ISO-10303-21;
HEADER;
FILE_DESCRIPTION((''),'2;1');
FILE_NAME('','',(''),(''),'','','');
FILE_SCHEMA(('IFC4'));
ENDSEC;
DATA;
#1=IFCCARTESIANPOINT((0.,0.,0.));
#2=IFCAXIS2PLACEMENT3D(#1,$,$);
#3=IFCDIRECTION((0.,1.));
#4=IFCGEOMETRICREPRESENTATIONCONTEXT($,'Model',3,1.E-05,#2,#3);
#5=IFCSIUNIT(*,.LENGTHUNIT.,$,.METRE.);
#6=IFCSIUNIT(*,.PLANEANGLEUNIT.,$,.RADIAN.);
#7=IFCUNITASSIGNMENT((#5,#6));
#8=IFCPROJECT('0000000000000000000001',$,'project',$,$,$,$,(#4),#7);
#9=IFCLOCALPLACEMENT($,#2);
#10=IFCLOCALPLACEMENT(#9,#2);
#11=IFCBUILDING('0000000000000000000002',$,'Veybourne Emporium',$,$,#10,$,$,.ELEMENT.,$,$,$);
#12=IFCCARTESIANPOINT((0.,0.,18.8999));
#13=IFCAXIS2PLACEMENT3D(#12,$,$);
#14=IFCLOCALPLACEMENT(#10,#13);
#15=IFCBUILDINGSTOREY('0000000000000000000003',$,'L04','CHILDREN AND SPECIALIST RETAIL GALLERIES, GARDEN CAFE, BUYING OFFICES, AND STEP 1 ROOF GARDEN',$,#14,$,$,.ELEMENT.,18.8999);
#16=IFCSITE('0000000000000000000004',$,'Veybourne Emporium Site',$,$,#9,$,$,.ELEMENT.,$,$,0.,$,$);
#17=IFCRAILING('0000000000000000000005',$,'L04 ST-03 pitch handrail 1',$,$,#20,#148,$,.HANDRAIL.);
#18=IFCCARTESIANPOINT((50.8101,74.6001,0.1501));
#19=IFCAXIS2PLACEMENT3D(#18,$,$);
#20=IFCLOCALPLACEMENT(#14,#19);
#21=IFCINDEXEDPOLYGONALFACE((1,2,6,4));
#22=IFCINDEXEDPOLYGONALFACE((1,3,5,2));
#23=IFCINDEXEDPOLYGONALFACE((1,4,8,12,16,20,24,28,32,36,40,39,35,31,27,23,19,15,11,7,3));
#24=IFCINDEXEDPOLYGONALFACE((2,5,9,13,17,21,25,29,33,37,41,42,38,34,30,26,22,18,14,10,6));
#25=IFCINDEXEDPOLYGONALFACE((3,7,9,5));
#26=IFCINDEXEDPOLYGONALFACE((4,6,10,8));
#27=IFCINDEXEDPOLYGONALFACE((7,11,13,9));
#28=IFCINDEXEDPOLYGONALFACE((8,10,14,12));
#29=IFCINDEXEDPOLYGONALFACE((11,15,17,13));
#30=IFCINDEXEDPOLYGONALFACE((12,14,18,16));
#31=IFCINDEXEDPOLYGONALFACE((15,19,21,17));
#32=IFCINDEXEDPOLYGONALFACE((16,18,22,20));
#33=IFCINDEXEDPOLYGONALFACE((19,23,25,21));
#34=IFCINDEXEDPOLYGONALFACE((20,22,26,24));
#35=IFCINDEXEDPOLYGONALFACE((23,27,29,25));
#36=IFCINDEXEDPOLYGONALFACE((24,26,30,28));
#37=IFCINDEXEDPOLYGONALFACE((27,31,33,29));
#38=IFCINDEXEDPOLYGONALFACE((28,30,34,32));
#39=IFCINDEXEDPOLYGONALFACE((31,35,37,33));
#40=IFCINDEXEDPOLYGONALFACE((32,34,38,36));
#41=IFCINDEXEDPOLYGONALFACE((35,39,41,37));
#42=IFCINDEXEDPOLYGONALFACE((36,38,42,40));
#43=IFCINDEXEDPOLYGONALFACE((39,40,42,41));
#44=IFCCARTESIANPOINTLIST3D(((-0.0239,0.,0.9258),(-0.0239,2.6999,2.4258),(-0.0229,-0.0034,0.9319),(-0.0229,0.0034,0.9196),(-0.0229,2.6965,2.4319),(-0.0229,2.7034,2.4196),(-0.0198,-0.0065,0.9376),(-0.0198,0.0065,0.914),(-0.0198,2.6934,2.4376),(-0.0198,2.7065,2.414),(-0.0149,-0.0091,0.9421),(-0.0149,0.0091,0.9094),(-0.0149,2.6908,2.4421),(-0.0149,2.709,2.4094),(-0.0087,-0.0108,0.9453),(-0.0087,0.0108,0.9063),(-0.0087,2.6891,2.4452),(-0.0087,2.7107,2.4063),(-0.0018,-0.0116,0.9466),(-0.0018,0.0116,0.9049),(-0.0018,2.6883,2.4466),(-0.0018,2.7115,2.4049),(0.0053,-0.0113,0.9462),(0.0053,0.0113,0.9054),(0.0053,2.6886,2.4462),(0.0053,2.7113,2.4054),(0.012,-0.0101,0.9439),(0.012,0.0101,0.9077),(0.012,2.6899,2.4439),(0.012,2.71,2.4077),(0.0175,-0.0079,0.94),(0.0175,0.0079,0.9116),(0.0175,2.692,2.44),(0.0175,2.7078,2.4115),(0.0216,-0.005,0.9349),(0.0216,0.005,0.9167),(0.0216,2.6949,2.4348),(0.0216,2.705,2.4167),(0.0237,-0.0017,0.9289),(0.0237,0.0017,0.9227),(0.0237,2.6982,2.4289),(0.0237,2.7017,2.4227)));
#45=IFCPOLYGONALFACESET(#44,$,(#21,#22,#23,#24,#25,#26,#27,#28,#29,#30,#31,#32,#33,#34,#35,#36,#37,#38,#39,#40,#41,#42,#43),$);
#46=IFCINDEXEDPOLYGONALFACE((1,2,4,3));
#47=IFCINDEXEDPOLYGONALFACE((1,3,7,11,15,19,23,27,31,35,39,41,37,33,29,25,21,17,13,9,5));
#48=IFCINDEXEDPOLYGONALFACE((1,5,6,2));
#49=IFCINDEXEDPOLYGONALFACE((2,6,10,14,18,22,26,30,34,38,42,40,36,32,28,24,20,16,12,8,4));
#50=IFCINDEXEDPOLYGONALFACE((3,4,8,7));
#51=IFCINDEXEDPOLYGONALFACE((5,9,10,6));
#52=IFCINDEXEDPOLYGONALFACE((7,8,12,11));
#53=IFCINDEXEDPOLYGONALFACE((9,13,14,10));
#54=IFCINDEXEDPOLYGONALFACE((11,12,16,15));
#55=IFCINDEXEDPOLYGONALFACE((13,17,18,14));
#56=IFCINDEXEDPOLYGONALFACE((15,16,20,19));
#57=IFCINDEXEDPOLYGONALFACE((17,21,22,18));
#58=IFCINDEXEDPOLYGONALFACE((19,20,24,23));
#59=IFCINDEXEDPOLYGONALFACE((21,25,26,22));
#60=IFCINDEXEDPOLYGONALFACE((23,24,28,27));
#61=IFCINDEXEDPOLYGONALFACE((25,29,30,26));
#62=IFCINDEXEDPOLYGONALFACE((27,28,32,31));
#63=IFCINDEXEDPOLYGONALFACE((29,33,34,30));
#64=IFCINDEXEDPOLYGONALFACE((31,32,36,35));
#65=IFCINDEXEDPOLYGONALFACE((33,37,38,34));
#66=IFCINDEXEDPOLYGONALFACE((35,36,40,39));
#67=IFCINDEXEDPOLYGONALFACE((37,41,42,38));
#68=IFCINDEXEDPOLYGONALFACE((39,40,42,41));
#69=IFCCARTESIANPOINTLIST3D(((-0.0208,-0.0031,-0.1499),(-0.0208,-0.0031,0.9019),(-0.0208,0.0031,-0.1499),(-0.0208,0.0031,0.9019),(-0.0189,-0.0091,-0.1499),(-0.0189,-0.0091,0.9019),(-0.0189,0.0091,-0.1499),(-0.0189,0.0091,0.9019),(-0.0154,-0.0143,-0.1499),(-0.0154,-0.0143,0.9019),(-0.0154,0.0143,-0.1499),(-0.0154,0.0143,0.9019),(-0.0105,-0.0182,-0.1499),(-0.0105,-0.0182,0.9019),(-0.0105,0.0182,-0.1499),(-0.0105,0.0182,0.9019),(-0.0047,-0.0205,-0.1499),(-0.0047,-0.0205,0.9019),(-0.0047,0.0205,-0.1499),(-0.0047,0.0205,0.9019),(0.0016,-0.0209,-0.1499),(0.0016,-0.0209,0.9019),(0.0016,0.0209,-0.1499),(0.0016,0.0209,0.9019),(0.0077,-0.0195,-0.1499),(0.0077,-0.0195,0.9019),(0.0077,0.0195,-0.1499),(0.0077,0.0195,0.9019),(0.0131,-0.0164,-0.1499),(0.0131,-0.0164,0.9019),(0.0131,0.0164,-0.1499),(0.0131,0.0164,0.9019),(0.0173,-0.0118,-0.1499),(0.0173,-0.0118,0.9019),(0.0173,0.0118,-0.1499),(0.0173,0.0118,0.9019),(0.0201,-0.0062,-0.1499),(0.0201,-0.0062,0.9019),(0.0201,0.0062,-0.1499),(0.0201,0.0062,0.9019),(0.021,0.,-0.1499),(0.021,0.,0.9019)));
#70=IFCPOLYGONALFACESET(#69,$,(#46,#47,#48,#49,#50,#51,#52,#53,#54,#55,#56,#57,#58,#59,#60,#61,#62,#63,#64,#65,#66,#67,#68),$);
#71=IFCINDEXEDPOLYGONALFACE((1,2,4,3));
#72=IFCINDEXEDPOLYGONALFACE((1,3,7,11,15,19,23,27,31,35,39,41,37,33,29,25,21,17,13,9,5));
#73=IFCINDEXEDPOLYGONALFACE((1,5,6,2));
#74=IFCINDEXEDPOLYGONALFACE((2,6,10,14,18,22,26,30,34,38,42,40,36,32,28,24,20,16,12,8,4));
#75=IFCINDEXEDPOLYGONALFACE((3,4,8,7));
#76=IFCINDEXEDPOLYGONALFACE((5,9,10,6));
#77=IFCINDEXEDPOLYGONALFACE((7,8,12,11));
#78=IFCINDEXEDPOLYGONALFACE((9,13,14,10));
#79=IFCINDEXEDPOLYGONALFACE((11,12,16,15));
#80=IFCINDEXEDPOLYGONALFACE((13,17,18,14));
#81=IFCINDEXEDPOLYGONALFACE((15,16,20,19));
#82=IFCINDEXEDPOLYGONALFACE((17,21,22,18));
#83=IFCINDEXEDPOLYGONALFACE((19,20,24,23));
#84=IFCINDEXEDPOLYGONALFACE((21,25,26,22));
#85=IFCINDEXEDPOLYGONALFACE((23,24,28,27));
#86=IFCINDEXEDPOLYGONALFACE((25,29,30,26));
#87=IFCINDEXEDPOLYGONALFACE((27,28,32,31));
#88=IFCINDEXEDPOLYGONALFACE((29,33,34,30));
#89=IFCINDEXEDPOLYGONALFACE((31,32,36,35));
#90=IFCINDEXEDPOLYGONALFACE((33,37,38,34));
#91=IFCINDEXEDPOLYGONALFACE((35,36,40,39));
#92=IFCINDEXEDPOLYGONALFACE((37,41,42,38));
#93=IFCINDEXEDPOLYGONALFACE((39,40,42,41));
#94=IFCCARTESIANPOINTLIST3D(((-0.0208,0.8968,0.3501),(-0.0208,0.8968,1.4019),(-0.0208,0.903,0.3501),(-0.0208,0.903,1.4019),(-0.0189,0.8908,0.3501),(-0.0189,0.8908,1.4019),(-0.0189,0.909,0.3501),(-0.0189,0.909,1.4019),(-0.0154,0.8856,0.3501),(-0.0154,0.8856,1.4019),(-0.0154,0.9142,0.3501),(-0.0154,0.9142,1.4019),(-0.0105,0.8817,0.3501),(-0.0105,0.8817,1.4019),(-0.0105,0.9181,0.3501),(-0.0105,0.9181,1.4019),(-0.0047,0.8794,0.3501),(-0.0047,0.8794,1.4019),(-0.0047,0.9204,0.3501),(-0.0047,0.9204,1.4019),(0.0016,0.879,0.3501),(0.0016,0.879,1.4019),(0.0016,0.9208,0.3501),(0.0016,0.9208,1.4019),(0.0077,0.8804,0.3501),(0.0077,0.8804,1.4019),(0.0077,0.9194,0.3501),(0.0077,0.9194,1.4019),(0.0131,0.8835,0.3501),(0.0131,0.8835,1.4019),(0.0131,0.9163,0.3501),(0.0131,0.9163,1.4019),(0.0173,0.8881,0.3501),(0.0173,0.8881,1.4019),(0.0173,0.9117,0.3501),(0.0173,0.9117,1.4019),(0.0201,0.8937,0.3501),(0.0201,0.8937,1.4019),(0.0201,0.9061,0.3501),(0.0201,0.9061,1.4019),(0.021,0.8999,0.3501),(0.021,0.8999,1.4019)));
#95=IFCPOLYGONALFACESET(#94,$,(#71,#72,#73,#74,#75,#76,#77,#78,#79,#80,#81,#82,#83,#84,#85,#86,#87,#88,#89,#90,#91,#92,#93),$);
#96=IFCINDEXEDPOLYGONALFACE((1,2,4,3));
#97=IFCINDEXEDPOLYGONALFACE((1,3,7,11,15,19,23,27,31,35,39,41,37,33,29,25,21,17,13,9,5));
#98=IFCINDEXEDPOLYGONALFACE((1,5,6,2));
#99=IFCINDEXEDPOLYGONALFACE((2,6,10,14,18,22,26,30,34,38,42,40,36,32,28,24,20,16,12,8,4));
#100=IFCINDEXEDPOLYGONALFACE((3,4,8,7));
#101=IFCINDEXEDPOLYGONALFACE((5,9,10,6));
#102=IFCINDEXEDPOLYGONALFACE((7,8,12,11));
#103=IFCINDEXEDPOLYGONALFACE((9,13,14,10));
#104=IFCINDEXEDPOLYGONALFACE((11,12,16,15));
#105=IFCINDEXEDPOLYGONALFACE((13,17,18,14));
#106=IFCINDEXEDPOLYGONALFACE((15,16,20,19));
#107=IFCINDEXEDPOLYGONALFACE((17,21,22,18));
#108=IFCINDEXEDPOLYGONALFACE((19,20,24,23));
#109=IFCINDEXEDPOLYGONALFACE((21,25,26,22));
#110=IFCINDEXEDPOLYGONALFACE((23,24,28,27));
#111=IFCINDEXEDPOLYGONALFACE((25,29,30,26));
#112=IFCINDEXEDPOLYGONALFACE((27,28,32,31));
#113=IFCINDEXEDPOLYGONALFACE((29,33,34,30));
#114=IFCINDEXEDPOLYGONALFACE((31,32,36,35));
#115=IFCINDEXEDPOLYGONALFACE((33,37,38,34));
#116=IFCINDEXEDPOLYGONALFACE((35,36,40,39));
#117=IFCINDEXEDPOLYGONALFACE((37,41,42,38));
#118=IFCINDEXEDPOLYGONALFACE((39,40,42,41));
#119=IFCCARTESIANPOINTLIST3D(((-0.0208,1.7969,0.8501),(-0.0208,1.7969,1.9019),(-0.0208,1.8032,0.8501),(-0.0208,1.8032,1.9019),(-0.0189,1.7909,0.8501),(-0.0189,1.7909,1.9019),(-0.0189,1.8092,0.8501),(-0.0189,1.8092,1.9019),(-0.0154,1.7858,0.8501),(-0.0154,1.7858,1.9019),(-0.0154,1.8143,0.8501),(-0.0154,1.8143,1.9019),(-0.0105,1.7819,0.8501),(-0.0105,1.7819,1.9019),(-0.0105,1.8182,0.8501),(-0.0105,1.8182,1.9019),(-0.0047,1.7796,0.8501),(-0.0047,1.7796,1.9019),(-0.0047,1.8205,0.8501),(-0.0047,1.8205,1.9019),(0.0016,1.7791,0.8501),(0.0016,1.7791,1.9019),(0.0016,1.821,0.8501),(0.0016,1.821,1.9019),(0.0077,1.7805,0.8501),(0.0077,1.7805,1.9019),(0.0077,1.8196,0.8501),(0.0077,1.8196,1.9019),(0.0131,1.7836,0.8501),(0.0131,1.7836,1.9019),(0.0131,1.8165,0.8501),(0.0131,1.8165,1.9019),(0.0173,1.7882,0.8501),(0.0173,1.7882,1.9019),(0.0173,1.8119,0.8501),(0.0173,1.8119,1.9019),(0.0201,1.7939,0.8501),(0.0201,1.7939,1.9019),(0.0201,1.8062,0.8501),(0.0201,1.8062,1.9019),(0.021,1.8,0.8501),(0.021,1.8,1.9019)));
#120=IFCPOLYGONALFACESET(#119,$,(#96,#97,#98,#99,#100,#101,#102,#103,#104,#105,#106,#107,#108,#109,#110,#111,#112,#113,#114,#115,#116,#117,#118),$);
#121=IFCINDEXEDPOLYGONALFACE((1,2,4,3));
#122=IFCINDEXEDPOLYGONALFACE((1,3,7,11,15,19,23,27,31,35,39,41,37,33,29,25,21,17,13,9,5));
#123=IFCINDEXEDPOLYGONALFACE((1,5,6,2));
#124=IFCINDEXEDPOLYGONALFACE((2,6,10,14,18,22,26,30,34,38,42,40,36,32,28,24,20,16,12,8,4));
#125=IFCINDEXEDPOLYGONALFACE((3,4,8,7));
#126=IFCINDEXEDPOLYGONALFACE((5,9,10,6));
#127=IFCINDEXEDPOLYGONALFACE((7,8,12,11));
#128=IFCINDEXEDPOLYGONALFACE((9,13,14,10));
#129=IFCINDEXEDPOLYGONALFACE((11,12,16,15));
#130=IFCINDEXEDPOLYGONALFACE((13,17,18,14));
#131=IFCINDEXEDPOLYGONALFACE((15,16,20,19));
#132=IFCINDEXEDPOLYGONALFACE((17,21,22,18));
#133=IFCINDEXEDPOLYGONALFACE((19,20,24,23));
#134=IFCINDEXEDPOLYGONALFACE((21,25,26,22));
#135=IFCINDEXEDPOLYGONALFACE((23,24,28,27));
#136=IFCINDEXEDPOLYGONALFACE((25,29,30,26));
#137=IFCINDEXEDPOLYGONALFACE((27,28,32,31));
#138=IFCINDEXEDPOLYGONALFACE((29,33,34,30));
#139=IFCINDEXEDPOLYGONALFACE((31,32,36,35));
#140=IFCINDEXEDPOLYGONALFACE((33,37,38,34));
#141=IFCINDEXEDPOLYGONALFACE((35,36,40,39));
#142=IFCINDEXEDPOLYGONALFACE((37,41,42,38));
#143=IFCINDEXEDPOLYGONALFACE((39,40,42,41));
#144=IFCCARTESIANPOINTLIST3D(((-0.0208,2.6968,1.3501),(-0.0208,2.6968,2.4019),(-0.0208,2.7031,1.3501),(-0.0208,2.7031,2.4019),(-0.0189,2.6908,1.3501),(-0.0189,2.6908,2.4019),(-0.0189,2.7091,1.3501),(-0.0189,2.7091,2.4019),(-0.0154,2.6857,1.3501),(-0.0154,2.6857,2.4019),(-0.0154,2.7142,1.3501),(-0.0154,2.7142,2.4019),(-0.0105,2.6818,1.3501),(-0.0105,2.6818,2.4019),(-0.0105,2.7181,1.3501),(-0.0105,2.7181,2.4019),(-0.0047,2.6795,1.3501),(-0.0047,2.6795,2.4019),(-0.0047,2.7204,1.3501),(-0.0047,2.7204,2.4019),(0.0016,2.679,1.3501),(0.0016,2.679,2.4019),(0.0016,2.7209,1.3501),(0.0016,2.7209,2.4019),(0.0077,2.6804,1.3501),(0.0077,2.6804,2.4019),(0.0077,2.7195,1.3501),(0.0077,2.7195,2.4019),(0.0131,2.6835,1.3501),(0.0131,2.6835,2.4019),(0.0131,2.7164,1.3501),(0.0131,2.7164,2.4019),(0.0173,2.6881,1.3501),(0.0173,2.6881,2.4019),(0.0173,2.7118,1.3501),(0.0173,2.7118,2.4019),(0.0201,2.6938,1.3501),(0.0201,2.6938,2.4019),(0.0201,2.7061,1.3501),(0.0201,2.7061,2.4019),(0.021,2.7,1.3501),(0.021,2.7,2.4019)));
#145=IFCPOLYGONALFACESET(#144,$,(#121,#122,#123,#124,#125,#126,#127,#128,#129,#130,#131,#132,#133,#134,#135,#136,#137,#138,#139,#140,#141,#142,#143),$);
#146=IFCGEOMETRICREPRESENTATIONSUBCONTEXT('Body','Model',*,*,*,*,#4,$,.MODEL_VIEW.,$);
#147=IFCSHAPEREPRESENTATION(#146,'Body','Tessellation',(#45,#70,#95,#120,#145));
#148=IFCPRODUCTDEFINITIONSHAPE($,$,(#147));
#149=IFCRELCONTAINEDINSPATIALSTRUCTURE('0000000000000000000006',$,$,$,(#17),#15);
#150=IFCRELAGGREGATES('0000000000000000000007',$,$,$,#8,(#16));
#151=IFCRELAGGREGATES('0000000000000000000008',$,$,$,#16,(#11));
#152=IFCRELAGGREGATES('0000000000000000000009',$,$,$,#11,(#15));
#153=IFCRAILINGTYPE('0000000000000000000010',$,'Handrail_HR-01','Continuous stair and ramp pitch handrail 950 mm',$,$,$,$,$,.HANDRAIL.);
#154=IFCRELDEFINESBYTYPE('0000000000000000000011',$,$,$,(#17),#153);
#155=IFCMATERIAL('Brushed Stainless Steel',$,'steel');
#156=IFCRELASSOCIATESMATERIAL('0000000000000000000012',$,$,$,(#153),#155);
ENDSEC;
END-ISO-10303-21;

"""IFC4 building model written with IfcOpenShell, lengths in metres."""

from ifc_helpers import new_model, si_unit, direction, frame, origin, origin_2d, place, context, subcontext, project, spatial, circle, extrude, material, type_object, element, save


model = new_model("IFC4")

# Units and contexts
model_context = context("Model", 3, precision=1e-05, world=origin(), true_north=direction((0.0, 1.0)))
body_context = subcontext(model_context, "Body", "Model", "MODEL_VIEW")
ifc_project = project(units=[si_unit("LENGTHUNIT", "METRE"), si_unit("PLANEANGLEUNIT", "RADIAN")], contexts=[model_context])

# Site, building, storey
site_placement = place(None, origin())
site = spatial("IfcSite", under=ifc_project, at=site_placement, Name="Veybourne Emporium Site", CompositionType="ELEMENT", RefElevation=0.0)
building_placement = place(site_placement, origin())
building = spatial("IfcBuilding", under=site, at=building_placement, Name="Veybourne Emporium", CompositionType="ELEMENT")
storey_placement = place(building_placement, frame((0.0, 0.0, 18.8999)))
storey = spatial("IfcBuildingStorey", under=building, at=storey_placement, Name="L04", Description="CHILDREN AND SPECIALIST RETAIL GALLERIES, GARDEN CAFE, BUYING OFFICES, AND STEP 1 ROOF GARDEN", CompositionType="ELEMENT", Elevation=18.8999)

# Railing
ifc_material_1 = material(Name="Brushed Stainless Steel", Category="steel")
railing_type_1 = type_object("IfcRailingType", Name="Handrail_HR-01", Description="Continuous stair and ramp pitch handrail 950 mm", PredefinedType="HANDRAIL", material=ifc_material_1)
railing_1_placement = place(storey_placement, frame((50.8101, 74.6001, 0.1501)))
element("IfcRailing", 1, at=railing_1_placement, inside=storey, type_object=railing_type_1, Name="L04 ST-03 pitch handrail 1", PredefinedType="HANDRAIL", context=body_context, shape_type="SweptSolid", body=[
    extrude(circle(Radius=0.0239, at=origin_2d()), frame((0.0, 0.0, 0.9258), z_axis=(0.0, 0.874154, 0.48565), x_axis=(-1.0, 0.0, 0.0)), (0.0, 0.0, 1.0), 3.0886),
    extrude(circle(Radius=0.021, at=origin_2d()), frame((0.0, 0.0, -0.1499)), (0.0, 0.0, 1.0), 1.0518),
    extrude(circle(Radius=0.021, at=origin_2d()), frame((0.0, 0.8999, 0.3501)), (0.0, 0.0, 1.0), 1.0518),
    extrude(circle(Radius=0.021, at=origin_2d()), frame((0.0, 1.8, 0.8501)), (0.0, 0.0, 1.0), 1.0518),
    extrude(circle(Radius=0.021, at=origin_2d()), frame((0.0, 2.7, 1.3501)), (0.0, 0.0, 1.0), 1.0518),
])

save(model, "model.ifc")
